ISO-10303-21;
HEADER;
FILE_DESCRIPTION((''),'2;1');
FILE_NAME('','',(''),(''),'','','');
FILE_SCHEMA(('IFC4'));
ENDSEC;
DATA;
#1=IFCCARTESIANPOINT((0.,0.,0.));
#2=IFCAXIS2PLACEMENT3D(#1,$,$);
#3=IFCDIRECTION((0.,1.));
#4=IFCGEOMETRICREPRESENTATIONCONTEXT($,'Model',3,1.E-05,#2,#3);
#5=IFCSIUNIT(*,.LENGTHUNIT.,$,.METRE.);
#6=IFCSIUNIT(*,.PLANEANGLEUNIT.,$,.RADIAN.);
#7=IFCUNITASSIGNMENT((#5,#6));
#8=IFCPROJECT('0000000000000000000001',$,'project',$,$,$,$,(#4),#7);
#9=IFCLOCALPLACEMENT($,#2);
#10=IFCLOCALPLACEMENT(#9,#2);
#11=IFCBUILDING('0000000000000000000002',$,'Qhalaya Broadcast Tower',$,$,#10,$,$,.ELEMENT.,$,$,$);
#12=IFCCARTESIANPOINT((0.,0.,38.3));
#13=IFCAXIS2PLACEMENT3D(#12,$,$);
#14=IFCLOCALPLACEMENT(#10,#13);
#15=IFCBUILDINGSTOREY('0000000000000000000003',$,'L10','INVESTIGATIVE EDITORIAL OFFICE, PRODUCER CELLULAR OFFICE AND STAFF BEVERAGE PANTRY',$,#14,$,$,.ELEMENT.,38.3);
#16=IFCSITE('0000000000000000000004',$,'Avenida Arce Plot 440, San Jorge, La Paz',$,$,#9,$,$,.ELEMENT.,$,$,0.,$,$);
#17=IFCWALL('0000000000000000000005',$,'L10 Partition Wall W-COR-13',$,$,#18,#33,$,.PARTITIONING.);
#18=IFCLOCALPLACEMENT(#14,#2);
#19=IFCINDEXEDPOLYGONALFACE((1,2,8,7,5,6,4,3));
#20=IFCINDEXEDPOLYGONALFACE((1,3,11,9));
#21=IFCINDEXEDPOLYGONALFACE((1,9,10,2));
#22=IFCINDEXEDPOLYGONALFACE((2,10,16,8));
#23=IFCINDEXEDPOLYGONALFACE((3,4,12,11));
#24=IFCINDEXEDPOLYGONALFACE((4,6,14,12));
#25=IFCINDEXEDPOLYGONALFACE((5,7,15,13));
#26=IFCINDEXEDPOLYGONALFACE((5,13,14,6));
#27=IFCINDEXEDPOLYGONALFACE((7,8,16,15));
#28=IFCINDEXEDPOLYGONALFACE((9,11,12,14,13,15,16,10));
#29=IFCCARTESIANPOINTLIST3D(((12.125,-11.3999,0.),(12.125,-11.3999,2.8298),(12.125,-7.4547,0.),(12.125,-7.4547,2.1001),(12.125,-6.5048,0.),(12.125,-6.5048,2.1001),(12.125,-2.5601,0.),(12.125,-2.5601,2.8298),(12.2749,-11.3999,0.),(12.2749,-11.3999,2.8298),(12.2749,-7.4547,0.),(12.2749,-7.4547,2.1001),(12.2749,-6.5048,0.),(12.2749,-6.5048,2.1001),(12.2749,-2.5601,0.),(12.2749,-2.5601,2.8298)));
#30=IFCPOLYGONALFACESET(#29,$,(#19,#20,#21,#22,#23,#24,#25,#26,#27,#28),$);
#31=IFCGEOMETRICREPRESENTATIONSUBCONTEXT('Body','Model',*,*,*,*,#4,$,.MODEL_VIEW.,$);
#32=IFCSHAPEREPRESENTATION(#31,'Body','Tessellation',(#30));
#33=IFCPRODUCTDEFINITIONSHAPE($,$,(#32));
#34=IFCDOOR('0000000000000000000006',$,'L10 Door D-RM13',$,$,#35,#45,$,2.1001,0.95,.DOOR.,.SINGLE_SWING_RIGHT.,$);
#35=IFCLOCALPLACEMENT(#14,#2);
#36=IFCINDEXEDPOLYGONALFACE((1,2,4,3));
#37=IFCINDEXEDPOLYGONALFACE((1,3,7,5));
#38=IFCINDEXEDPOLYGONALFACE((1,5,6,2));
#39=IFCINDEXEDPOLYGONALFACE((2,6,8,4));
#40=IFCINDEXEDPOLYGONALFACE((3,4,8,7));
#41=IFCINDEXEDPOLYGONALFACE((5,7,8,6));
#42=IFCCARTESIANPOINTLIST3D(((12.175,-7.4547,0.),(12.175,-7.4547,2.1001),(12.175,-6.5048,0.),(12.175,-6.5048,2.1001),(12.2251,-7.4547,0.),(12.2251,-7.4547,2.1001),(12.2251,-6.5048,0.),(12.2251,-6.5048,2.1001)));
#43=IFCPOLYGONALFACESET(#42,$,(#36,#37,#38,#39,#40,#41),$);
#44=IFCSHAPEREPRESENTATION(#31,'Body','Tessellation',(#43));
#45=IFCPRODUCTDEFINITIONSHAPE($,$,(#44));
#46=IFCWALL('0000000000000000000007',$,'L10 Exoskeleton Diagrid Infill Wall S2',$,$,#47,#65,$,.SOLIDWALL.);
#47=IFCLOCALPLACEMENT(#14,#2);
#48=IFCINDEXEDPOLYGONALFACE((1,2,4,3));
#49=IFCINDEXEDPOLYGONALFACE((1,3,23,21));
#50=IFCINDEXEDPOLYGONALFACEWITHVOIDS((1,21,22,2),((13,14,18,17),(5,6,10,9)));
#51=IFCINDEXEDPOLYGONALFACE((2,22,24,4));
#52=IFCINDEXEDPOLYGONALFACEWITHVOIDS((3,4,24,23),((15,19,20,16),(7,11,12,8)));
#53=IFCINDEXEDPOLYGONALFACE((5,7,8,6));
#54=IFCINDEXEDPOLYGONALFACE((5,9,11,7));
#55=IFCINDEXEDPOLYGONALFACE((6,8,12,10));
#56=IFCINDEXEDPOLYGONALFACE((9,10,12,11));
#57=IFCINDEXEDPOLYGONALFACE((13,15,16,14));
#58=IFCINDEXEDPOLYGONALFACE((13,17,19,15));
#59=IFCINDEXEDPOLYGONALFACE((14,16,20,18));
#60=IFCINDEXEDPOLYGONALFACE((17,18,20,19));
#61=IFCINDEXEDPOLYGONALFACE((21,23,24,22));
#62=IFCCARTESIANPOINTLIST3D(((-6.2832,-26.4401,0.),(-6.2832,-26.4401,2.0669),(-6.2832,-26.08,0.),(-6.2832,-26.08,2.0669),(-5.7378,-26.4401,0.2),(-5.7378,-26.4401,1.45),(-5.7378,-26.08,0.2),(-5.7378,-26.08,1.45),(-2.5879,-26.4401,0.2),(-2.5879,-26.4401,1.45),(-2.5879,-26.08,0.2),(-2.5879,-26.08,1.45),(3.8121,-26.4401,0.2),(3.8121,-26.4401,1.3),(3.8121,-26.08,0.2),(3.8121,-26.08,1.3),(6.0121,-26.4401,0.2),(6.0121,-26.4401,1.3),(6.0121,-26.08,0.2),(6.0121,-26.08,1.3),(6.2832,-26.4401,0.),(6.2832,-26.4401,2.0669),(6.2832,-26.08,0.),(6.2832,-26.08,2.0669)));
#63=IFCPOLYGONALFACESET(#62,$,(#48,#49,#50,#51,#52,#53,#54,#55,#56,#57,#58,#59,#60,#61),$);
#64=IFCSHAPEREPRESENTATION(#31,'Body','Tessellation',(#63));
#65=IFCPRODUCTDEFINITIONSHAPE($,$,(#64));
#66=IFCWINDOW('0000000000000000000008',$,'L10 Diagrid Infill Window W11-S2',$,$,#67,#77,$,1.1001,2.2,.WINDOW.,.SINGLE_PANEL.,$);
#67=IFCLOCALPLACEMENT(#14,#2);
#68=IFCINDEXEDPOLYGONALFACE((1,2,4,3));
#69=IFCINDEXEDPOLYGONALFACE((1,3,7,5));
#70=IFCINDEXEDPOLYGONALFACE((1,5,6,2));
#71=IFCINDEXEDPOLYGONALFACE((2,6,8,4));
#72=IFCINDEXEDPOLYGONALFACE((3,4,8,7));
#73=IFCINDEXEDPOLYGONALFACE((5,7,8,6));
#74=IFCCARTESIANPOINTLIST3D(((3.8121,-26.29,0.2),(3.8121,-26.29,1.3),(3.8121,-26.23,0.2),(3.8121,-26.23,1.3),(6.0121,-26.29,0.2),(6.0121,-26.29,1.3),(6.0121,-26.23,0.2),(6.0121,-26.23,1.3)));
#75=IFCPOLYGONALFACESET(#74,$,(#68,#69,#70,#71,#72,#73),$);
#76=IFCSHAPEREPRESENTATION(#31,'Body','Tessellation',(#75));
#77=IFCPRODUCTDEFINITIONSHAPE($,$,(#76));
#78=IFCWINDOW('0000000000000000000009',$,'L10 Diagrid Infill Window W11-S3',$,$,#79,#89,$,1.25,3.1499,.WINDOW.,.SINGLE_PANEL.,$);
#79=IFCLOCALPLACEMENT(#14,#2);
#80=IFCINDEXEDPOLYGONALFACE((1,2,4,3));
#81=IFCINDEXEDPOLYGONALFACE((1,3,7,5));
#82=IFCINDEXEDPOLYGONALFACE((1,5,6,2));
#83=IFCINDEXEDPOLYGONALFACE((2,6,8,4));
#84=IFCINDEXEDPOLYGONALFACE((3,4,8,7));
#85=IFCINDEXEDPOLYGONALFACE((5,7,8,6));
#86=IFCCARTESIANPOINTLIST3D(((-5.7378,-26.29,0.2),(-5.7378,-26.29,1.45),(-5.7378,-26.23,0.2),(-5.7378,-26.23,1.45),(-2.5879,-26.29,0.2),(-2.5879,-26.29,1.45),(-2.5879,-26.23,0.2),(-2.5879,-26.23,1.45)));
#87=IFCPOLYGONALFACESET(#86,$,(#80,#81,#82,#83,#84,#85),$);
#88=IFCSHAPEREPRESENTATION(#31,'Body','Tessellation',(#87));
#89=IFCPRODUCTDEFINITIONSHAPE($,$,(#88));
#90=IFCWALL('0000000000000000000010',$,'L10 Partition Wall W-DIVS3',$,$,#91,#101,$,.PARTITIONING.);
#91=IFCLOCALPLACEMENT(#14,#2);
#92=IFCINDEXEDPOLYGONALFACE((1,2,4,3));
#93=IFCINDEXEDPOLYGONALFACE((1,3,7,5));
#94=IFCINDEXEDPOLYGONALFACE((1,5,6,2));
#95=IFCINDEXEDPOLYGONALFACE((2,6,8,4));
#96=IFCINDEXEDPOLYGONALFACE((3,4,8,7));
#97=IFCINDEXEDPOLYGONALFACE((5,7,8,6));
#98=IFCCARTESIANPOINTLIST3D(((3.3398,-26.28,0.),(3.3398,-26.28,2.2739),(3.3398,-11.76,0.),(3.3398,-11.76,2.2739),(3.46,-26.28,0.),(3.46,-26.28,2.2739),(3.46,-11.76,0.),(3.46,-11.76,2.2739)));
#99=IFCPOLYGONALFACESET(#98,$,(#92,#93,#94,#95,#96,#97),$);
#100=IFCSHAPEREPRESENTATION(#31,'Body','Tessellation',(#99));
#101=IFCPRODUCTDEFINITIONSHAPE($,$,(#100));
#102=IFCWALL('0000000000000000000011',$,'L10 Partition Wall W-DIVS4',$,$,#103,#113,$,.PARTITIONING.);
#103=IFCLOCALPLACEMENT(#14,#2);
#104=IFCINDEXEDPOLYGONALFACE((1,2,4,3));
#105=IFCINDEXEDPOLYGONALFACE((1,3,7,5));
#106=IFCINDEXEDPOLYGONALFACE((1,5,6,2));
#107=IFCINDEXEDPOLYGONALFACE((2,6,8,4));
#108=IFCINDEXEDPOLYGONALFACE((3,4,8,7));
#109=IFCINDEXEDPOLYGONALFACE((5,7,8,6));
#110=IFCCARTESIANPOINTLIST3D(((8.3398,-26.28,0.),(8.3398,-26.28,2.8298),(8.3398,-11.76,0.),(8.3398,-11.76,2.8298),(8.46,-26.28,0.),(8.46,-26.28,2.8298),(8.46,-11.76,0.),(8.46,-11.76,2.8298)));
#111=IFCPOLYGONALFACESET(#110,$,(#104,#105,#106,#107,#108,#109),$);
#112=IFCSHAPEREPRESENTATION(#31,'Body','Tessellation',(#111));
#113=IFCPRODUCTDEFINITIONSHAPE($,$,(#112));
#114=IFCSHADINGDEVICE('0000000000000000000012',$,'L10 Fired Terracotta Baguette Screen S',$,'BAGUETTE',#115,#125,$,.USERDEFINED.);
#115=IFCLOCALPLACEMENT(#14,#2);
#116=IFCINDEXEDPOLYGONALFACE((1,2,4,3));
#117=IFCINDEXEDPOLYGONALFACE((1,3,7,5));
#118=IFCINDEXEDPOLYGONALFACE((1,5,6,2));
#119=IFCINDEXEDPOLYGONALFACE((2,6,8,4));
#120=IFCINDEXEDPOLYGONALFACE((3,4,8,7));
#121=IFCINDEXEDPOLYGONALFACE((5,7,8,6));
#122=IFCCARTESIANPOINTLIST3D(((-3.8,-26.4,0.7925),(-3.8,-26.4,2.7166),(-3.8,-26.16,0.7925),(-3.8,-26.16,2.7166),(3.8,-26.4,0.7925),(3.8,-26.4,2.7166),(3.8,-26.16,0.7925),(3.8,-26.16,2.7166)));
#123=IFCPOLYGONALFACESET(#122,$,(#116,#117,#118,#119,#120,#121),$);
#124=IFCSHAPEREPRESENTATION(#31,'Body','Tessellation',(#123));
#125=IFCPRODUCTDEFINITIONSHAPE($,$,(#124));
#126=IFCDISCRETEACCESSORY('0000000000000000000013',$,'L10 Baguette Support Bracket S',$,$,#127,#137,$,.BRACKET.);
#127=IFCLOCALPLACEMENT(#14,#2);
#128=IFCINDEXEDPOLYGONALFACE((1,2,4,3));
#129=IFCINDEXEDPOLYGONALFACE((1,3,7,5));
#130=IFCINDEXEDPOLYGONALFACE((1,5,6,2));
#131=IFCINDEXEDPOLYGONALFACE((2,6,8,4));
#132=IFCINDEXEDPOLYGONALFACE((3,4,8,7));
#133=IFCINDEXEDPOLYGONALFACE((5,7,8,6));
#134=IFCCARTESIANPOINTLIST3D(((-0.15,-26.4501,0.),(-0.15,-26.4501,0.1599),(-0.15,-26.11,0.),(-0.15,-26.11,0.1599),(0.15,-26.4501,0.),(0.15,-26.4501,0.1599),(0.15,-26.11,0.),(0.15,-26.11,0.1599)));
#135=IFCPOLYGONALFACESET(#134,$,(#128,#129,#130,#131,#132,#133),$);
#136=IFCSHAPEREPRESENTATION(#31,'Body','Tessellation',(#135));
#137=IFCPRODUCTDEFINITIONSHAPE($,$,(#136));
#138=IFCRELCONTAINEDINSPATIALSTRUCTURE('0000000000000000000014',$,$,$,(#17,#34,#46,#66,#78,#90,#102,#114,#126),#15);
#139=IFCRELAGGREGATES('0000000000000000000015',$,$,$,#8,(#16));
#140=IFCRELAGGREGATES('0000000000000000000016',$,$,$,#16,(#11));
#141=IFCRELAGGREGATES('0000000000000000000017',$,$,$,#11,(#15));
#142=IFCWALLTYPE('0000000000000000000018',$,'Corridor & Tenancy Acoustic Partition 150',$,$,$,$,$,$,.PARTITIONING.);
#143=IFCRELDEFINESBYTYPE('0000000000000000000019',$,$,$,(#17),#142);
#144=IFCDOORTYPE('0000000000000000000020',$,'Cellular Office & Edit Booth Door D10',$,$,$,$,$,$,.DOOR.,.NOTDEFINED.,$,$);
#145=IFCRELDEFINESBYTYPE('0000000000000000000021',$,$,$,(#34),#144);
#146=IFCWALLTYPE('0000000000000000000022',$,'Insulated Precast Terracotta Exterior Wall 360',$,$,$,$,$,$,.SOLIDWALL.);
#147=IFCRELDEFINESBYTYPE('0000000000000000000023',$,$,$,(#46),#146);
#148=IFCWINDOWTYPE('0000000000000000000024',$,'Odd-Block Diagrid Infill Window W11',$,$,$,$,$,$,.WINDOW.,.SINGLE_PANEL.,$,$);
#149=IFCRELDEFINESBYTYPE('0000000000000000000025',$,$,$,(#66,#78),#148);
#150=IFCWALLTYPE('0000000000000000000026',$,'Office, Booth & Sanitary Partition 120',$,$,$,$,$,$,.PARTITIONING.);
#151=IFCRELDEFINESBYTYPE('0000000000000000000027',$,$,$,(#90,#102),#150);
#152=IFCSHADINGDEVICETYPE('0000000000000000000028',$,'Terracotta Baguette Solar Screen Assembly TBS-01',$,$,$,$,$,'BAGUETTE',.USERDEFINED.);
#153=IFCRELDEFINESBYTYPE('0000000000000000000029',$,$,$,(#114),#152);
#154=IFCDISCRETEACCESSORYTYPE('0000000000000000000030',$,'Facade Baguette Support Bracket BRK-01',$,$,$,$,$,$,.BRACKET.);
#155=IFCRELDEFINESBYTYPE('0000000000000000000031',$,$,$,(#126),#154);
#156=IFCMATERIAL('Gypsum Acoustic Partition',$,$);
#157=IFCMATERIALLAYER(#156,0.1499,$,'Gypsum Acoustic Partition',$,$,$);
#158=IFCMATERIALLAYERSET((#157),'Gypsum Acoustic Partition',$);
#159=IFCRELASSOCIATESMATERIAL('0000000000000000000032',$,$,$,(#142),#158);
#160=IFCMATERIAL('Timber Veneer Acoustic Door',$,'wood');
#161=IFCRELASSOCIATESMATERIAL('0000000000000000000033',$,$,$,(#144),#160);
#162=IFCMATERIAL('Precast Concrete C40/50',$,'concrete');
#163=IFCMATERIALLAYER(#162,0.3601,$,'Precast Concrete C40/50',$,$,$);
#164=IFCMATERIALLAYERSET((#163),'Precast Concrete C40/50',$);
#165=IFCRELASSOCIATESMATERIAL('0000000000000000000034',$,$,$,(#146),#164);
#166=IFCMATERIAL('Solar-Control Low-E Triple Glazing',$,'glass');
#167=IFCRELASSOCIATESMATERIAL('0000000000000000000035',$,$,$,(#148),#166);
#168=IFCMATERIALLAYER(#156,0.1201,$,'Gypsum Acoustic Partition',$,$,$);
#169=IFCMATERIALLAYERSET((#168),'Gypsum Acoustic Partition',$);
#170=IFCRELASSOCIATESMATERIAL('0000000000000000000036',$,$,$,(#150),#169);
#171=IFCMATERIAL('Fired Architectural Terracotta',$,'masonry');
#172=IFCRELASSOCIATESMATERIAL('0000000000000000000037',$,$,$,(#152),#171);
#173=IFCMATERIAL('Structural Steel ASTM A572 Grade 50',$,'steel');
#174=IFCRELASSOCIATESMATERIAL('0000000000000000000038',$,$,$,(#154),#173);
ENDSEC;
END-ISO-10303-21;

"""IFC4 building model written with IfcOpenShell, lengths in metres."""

from ifc_helpers import new_model, si_unit, direction, frame, frame_2d, origin, origin_2d, place, context, subcontext, project, spatial, rectangle, extrude, material, layer, layer_set, type_object, element, fill, save


model = new_model("IFC4")

# Units and contexts
model_context = context("Model", 3, precision=1e-05, world=origin(), true_north=direction((0.0, 1.0)))
body_context = subcontext(model_context, "Body", "Model", "MODEL_VIEW")
ifc_project = project(units=[si_unit("LENGTHUNIT", "METRE"), si_unit("PLANEANGLEUNIT", "RADIAN")], contexts=[model_context])

# Site, building, storey
site_placement = place(None, origin())
site = spatial("IfcSite", under=ifc_project, at=site_placement, Name="Avenida Arce Plot 440, San Jorge, La Paz", CompositionType="ELEMENT", RefElevation=0.0)
building_placement = place(site_placement, origin())
building = spatial("IfcBuilding", under=site, at=building_placement, Name="Qhalaya Broadcast Tower", CompositionType="ELEMENT")
storey_placement = place(building_placement, frame((0.0, 0.0, 38.3)))
storey = spatial("IfcBuildingStorey", under=building, at=storey_placement, Name="L10", Description="INVESTIGATIVE EDITORIAL OFFICE, PRODUCER CELLULAR OFFICE AND STAFF BEVERAGE PANTRY", CompositionType="ELEMENT", Elevation=38.3)

# Shared definitions
ifc_material_1 = material(Name="Structural Steel ASTM A572 Grade 50", Category="steel")

# Wall, opening, door
ifc_material_2 = material(Name="Gypsum Acoustic Partition")
ifc_layer_1 = layer(ifc_material_2, 0.1499, Name="Gypsum Acoustic Partition")
ifc_layer_set_1 = layer_set([ifc_layer_1], Name="Gypsum Acoustic Partition")
wall_type_1 = type_object("IfcWallType", Name="Corridor & Tenancy Acoustic Partition 150", PredefinedType="PARTITIONING", material=ifc_layer_set_1)
ifc_material_3 = material(Name="Timber Veneer Acoustic Door", Category="wood")
door_type = type_object("IfcDoorType", Name="Cellular Office & Edit Booth Door D10", OperationType="NOTDEFINED", PredefinedType="DOOR", material=ifc_material_3)
wall_1_placement = place(storey_placement, frame((12.2, -11.3999, 0.0), z_axis=(0.0, 0.0, 1.0), x_axis=(0.0, 1.0, 0.0)))
wall_1 = element("IfcWall", 1, at=wall_1_placement, inside=storey, type_object=wall_type_1, Name="L10 Partition Wall W-COR-13", PredefinedType="PARTITIONING", context=body_context, shape_type="SweptSolid", body=[
    extrude(rectangle(XDim=8.8398, YDim=0.1499, at=frame_2d((4.4199, 0.0))), origin(), (0.0, 0.0, 1.0), 2.8298),
])
opening_1_placement = place(wall_1_placement, frame((3.9451, 0.0, 0.0)))
opening_1 = element("IfcOpeningElement", 2, at=opening_1_placement, cuts=wall_1, PredefinedType="OPENING", context=body_context, shape_type="SweptSolid", body=[
    extrude(rectangle(XDim=0.95, YDim=2.1001, at=frame_2d((0.4751, 1.05))), frame((0.0, 0.0869, 0.0), z_axis=(0.0, -1.0, 0.0), x_axis=(1.0, 0.0, 0.0)), (0.0, 0.0, 1.0), 0.1738),
])
door_1_placement = place(opening_1_placement, origin())
door_1 = element("IfcDoor", 3, at=door_1_placement, inside=storey, type_object=door_type, Name="L10 Door D-RM13", OperationType="SINGLE_SWING_RIGHT", OverallHeight=2.1001, OverallWidth=0.95, PredefinedType="DOOR", context=body_context, shape_type="SweptSolid", body=[
    extrude(rectangle(XDim=0.95, YDim=2.1001, at=frame_2d((0.4751, 1.05))), frame((0.0, 0.0249, 0.0), z_axis=(0.0, -1.0, 0.0), x_axis=(1.0, 0.0, 0.0)), (0.0, 0.0, 1.0), 0.05),
])
fill(opening_1, door_1)

# Wall, openings, windows
ifc_material_4 = material(Name="Precast Concrete C40/50", Category="concrete")
ifc_layer_2 = layer(ifc_material_4, 0.3601, Name="Precast Concrete C40/50")
ifc_layer_set_2 = layer_set([ifc_layer_2], Name="Precast Concrete C40/50")
wall_type_2 = type_object("IfcWallType", Name="Insulated Precast Terracotta Exterior Wall 360", PredefinedType="SOLIDWALL", material=ifc_layer_set_2)
wall_2_placement = place(storey_placement, frame((6.2832, -26.26, 0.0), z_axis=(0.0, 0.0, 1.0), x_axis=(-1.0, 0.0, 0.0)))
wall_2 = element("IfcWall", 4, at=wall_2_placement, inside=storey, type_object=wall_type_2, Name="L10 Exoskeleton Diagrid Infill Wall S2", PredefinedType="SOLIDWALL", context=body_context, shape_type="SweptSolid", body=[
    extrude(rectangle(XDim=12.5664, YDim=0.3601, at=frame_2d((6.2832, 0.0))), origin(), (0.0, 0.0, 1.0), 2.0669),
])
opening_2_placement = place(wall_2_placement, frame((0.271, 0.0, 0.2)))
opening_2 = element("IfcOpeningElement", 5, at=opening_2_placement, cuts=wall_2, PredefinedType="OPENING", context=body_context, shape_type="SweptSolid", body=[
    extrude(rectangle(XDim=2.2, YDim=1.1001, at=frame_2d((1.1001, 0.55))), frame((0.0, 0.1921, 0.0), z_axis=(0.0, -1.0, 0.0), x_axis=(1.0, 0.0, 0.0)), (0.0, 0.0, 1.0), 0.384),
])
opening_3_placement = place(wall_2_placement, frame((8.8711, 0.0, 0.2)))
opening_3 = element("IfcOpeningElement", 6, at=opening_3_placement, cuts=wall_2, PredefinedType="OPENING", context=body_context, shape_type="SweptSolid", body=[
    extrude(rectangle(XDim=3.1499, YDim=1.25, at=frame_2d((1.575, 0.625))), frame((0.0, 0.1921, 0.0), z_axis=(0.0, -1.0, 0.0), x_axis=(1.0, 0.0, 0.0)), (0.0, 0.0, 1.0), 0.384),
])
ifc_material_5 = material(Name="Solar-Control Low-E Triple Glazing", Category="glass")
window_type = type_object("IfcWindowType", Name="Odd-Block Diagrid Infill Window W11", PartitioningType="SINGLE_PANEL", PredefinedType="WINDOW", material=ifc_material_5)
window_1_placement = place(opening_2_placement, origin())
window_1 = element("IfcWindow", 7, at=window_1_placement, inside=storey, type_object=window_type, Name="L10 Diagrid Infill Window W11-S2", OverallHeight=1.1001, OverallWidth=2.2, PartitioningType="SINGLE_PANEL", PredefinedType="WINDOW", context=body_context, shape_type="SweptSolid", body=[
    extrude(rectangle(XDim=2.2, YDim=1.1001, at=frame_2d((1.1001, 0.55))), frame((0.0, 0.03, 0.0), z_axis=(0.0, -1.0, 0.0), x_axis=(1.0, 0.0, 0.0)), (0.0, 0.0, 1.0), 0.0601),
])
fill(opening_2, window_1)
window_2_placement = place(opening_3_placement, origin())
window_2 = element("IfcWindow", 8, at=window_2_placement, inside=storey, type_object=window_type, Name="L10 Diagrid Infill Window W11-S3", OverallHeight=1.25, OverallWidth=3.1499, PartitioningType="SINGLE_PANEL", PredefinedType="WINDOW", context=body_context, shape_type="SweptSolid", body=[
    extrude(rectangle(XDim=3.1499, YDim=1.25, at=frame_2d((1.575, 0.625))), frame((0.0, 0.03, 0.0), z_axis=(0.0, -1.0, 0.0), x_axis=(1.0, 0.0, 0.0)), (0.0, 0.0, 1.0), 0.0601),
])
fill(opening_3, window_2)

# Walls
ifc_layer_3 = layer(ifc_material_2, 0.1201, Name="Gypsum Acoustic Partition")
ifc_layer_set_3 = layer_set([ifc_layer_3], Name="Gypsum Acoustic Partition")
wall_type_3 = type_object("IfcWallType", Name="Office, Booth & Sanitary Partition 120", PredefinedType="PARTITIONING", material=ifc_layer_set_3)
wall_3_placement = place(storey_placement, frame((3.3999, -26.28, 0.0), z_axis=(0.0, 0.0, 1.0), x_axis=(0.0, 1.0, 0.0)))
element("IfcWall", 9, at=wall_3_placement, inside=storey, type_object=wall_type_3, Name="L10 Partition Wall W-DIVS3", PredefinedType="PARTITIONING", context=body_context, shape_type="SweptSolid", body=[
    extrude(rectangle(XDim=14.52, YDim=0.1201, at=frame_2d((7.26, 0.0))), origin(), (0.0, 0.0, 1.0), 2.2739),
])
wall_4_placement = place(storey_placement, frame((8.3999, -26.28, 0.0), z_axis=(0.0, 0.0, 1.0), x_axis=(0.0, 1.0, 0.0)))
element("IfcWall", 10, at=wall_4_placement, inside=storey, type_object=wall_type_3, Name="L10 Partition Wall W-DIVS4", PredefinedType="PARTITIONING", context=body_context, shape_type="SweptSolid", body=[
    extrude(rectangle(XDim=14.52, YDim=0.1201, at=frame_2d((7.26, 0.0))), origin(), (0.0, 0.0, 1.0), 2.8298),
])

# Shading device
ifc_material_6 = material(Name="Fired Architectural Terracotta", Category="masonry")
shading_device_type = type_object("IfcShadingDeviceType", Name="Terracotta Baguette Solar Screen Assembly TBS-01", ElementType="BAGUETTE", PredefinedType="USERDEFINED", material=ifc_material_6)
shading_device_placement = place(storey_placement, frame((0.0, -26.28, 0.7925), z_axis=(0.0, 0.0, 1.0), x_axis=(1.0, 0.0, 0.0)))
element("IfcShadingDevice", 11, at=shading_device_placement, inside=storey, type_object=shading_device_type, Name="L10 Fired Terracotta Baguette Screen S", ObjectType="BAGUETTE", PredefinedType="USERDEFINED", context=body_context, shape_type="SweptSolid", body=[
    extrude(rectangle(XDim=7.6001, YDim=0.24, at=origin_2d()), origin(), (0.0, 0.0, 1.0), 1.9241),
])

# Discrete accessory
discrete_accessory_type = type_object("IfcDiscreteAccessoryType", Name="Facade Baguette Support Bracket BRK-01", PredefinedType="BRACKET", material=ifc_material_1)
discrete_accessory_placement = place(storey_placement, frame((0.0, -26.28, 0.0), z_axis=(0.0, 0.0, 1.0), x_axis=(1.0, 0.0, 0.0)))
element("IfcDiscreteAccessory", 12, at=discrete_accessory_placement, inside=storey, type_object=discrete_accessory_type, Name="L10 Baguette Support Bracket S", PredefinedType="BRACKET", context=body_context, shape_type="SweptSolid", body=[
    extrude(rectangle(XDim=0.3, YDim=0.3401, at=origin_2d()), origin(), (0.0, 0.0, 1.0), 0.1599),
])

save(model, "model.ifc")
